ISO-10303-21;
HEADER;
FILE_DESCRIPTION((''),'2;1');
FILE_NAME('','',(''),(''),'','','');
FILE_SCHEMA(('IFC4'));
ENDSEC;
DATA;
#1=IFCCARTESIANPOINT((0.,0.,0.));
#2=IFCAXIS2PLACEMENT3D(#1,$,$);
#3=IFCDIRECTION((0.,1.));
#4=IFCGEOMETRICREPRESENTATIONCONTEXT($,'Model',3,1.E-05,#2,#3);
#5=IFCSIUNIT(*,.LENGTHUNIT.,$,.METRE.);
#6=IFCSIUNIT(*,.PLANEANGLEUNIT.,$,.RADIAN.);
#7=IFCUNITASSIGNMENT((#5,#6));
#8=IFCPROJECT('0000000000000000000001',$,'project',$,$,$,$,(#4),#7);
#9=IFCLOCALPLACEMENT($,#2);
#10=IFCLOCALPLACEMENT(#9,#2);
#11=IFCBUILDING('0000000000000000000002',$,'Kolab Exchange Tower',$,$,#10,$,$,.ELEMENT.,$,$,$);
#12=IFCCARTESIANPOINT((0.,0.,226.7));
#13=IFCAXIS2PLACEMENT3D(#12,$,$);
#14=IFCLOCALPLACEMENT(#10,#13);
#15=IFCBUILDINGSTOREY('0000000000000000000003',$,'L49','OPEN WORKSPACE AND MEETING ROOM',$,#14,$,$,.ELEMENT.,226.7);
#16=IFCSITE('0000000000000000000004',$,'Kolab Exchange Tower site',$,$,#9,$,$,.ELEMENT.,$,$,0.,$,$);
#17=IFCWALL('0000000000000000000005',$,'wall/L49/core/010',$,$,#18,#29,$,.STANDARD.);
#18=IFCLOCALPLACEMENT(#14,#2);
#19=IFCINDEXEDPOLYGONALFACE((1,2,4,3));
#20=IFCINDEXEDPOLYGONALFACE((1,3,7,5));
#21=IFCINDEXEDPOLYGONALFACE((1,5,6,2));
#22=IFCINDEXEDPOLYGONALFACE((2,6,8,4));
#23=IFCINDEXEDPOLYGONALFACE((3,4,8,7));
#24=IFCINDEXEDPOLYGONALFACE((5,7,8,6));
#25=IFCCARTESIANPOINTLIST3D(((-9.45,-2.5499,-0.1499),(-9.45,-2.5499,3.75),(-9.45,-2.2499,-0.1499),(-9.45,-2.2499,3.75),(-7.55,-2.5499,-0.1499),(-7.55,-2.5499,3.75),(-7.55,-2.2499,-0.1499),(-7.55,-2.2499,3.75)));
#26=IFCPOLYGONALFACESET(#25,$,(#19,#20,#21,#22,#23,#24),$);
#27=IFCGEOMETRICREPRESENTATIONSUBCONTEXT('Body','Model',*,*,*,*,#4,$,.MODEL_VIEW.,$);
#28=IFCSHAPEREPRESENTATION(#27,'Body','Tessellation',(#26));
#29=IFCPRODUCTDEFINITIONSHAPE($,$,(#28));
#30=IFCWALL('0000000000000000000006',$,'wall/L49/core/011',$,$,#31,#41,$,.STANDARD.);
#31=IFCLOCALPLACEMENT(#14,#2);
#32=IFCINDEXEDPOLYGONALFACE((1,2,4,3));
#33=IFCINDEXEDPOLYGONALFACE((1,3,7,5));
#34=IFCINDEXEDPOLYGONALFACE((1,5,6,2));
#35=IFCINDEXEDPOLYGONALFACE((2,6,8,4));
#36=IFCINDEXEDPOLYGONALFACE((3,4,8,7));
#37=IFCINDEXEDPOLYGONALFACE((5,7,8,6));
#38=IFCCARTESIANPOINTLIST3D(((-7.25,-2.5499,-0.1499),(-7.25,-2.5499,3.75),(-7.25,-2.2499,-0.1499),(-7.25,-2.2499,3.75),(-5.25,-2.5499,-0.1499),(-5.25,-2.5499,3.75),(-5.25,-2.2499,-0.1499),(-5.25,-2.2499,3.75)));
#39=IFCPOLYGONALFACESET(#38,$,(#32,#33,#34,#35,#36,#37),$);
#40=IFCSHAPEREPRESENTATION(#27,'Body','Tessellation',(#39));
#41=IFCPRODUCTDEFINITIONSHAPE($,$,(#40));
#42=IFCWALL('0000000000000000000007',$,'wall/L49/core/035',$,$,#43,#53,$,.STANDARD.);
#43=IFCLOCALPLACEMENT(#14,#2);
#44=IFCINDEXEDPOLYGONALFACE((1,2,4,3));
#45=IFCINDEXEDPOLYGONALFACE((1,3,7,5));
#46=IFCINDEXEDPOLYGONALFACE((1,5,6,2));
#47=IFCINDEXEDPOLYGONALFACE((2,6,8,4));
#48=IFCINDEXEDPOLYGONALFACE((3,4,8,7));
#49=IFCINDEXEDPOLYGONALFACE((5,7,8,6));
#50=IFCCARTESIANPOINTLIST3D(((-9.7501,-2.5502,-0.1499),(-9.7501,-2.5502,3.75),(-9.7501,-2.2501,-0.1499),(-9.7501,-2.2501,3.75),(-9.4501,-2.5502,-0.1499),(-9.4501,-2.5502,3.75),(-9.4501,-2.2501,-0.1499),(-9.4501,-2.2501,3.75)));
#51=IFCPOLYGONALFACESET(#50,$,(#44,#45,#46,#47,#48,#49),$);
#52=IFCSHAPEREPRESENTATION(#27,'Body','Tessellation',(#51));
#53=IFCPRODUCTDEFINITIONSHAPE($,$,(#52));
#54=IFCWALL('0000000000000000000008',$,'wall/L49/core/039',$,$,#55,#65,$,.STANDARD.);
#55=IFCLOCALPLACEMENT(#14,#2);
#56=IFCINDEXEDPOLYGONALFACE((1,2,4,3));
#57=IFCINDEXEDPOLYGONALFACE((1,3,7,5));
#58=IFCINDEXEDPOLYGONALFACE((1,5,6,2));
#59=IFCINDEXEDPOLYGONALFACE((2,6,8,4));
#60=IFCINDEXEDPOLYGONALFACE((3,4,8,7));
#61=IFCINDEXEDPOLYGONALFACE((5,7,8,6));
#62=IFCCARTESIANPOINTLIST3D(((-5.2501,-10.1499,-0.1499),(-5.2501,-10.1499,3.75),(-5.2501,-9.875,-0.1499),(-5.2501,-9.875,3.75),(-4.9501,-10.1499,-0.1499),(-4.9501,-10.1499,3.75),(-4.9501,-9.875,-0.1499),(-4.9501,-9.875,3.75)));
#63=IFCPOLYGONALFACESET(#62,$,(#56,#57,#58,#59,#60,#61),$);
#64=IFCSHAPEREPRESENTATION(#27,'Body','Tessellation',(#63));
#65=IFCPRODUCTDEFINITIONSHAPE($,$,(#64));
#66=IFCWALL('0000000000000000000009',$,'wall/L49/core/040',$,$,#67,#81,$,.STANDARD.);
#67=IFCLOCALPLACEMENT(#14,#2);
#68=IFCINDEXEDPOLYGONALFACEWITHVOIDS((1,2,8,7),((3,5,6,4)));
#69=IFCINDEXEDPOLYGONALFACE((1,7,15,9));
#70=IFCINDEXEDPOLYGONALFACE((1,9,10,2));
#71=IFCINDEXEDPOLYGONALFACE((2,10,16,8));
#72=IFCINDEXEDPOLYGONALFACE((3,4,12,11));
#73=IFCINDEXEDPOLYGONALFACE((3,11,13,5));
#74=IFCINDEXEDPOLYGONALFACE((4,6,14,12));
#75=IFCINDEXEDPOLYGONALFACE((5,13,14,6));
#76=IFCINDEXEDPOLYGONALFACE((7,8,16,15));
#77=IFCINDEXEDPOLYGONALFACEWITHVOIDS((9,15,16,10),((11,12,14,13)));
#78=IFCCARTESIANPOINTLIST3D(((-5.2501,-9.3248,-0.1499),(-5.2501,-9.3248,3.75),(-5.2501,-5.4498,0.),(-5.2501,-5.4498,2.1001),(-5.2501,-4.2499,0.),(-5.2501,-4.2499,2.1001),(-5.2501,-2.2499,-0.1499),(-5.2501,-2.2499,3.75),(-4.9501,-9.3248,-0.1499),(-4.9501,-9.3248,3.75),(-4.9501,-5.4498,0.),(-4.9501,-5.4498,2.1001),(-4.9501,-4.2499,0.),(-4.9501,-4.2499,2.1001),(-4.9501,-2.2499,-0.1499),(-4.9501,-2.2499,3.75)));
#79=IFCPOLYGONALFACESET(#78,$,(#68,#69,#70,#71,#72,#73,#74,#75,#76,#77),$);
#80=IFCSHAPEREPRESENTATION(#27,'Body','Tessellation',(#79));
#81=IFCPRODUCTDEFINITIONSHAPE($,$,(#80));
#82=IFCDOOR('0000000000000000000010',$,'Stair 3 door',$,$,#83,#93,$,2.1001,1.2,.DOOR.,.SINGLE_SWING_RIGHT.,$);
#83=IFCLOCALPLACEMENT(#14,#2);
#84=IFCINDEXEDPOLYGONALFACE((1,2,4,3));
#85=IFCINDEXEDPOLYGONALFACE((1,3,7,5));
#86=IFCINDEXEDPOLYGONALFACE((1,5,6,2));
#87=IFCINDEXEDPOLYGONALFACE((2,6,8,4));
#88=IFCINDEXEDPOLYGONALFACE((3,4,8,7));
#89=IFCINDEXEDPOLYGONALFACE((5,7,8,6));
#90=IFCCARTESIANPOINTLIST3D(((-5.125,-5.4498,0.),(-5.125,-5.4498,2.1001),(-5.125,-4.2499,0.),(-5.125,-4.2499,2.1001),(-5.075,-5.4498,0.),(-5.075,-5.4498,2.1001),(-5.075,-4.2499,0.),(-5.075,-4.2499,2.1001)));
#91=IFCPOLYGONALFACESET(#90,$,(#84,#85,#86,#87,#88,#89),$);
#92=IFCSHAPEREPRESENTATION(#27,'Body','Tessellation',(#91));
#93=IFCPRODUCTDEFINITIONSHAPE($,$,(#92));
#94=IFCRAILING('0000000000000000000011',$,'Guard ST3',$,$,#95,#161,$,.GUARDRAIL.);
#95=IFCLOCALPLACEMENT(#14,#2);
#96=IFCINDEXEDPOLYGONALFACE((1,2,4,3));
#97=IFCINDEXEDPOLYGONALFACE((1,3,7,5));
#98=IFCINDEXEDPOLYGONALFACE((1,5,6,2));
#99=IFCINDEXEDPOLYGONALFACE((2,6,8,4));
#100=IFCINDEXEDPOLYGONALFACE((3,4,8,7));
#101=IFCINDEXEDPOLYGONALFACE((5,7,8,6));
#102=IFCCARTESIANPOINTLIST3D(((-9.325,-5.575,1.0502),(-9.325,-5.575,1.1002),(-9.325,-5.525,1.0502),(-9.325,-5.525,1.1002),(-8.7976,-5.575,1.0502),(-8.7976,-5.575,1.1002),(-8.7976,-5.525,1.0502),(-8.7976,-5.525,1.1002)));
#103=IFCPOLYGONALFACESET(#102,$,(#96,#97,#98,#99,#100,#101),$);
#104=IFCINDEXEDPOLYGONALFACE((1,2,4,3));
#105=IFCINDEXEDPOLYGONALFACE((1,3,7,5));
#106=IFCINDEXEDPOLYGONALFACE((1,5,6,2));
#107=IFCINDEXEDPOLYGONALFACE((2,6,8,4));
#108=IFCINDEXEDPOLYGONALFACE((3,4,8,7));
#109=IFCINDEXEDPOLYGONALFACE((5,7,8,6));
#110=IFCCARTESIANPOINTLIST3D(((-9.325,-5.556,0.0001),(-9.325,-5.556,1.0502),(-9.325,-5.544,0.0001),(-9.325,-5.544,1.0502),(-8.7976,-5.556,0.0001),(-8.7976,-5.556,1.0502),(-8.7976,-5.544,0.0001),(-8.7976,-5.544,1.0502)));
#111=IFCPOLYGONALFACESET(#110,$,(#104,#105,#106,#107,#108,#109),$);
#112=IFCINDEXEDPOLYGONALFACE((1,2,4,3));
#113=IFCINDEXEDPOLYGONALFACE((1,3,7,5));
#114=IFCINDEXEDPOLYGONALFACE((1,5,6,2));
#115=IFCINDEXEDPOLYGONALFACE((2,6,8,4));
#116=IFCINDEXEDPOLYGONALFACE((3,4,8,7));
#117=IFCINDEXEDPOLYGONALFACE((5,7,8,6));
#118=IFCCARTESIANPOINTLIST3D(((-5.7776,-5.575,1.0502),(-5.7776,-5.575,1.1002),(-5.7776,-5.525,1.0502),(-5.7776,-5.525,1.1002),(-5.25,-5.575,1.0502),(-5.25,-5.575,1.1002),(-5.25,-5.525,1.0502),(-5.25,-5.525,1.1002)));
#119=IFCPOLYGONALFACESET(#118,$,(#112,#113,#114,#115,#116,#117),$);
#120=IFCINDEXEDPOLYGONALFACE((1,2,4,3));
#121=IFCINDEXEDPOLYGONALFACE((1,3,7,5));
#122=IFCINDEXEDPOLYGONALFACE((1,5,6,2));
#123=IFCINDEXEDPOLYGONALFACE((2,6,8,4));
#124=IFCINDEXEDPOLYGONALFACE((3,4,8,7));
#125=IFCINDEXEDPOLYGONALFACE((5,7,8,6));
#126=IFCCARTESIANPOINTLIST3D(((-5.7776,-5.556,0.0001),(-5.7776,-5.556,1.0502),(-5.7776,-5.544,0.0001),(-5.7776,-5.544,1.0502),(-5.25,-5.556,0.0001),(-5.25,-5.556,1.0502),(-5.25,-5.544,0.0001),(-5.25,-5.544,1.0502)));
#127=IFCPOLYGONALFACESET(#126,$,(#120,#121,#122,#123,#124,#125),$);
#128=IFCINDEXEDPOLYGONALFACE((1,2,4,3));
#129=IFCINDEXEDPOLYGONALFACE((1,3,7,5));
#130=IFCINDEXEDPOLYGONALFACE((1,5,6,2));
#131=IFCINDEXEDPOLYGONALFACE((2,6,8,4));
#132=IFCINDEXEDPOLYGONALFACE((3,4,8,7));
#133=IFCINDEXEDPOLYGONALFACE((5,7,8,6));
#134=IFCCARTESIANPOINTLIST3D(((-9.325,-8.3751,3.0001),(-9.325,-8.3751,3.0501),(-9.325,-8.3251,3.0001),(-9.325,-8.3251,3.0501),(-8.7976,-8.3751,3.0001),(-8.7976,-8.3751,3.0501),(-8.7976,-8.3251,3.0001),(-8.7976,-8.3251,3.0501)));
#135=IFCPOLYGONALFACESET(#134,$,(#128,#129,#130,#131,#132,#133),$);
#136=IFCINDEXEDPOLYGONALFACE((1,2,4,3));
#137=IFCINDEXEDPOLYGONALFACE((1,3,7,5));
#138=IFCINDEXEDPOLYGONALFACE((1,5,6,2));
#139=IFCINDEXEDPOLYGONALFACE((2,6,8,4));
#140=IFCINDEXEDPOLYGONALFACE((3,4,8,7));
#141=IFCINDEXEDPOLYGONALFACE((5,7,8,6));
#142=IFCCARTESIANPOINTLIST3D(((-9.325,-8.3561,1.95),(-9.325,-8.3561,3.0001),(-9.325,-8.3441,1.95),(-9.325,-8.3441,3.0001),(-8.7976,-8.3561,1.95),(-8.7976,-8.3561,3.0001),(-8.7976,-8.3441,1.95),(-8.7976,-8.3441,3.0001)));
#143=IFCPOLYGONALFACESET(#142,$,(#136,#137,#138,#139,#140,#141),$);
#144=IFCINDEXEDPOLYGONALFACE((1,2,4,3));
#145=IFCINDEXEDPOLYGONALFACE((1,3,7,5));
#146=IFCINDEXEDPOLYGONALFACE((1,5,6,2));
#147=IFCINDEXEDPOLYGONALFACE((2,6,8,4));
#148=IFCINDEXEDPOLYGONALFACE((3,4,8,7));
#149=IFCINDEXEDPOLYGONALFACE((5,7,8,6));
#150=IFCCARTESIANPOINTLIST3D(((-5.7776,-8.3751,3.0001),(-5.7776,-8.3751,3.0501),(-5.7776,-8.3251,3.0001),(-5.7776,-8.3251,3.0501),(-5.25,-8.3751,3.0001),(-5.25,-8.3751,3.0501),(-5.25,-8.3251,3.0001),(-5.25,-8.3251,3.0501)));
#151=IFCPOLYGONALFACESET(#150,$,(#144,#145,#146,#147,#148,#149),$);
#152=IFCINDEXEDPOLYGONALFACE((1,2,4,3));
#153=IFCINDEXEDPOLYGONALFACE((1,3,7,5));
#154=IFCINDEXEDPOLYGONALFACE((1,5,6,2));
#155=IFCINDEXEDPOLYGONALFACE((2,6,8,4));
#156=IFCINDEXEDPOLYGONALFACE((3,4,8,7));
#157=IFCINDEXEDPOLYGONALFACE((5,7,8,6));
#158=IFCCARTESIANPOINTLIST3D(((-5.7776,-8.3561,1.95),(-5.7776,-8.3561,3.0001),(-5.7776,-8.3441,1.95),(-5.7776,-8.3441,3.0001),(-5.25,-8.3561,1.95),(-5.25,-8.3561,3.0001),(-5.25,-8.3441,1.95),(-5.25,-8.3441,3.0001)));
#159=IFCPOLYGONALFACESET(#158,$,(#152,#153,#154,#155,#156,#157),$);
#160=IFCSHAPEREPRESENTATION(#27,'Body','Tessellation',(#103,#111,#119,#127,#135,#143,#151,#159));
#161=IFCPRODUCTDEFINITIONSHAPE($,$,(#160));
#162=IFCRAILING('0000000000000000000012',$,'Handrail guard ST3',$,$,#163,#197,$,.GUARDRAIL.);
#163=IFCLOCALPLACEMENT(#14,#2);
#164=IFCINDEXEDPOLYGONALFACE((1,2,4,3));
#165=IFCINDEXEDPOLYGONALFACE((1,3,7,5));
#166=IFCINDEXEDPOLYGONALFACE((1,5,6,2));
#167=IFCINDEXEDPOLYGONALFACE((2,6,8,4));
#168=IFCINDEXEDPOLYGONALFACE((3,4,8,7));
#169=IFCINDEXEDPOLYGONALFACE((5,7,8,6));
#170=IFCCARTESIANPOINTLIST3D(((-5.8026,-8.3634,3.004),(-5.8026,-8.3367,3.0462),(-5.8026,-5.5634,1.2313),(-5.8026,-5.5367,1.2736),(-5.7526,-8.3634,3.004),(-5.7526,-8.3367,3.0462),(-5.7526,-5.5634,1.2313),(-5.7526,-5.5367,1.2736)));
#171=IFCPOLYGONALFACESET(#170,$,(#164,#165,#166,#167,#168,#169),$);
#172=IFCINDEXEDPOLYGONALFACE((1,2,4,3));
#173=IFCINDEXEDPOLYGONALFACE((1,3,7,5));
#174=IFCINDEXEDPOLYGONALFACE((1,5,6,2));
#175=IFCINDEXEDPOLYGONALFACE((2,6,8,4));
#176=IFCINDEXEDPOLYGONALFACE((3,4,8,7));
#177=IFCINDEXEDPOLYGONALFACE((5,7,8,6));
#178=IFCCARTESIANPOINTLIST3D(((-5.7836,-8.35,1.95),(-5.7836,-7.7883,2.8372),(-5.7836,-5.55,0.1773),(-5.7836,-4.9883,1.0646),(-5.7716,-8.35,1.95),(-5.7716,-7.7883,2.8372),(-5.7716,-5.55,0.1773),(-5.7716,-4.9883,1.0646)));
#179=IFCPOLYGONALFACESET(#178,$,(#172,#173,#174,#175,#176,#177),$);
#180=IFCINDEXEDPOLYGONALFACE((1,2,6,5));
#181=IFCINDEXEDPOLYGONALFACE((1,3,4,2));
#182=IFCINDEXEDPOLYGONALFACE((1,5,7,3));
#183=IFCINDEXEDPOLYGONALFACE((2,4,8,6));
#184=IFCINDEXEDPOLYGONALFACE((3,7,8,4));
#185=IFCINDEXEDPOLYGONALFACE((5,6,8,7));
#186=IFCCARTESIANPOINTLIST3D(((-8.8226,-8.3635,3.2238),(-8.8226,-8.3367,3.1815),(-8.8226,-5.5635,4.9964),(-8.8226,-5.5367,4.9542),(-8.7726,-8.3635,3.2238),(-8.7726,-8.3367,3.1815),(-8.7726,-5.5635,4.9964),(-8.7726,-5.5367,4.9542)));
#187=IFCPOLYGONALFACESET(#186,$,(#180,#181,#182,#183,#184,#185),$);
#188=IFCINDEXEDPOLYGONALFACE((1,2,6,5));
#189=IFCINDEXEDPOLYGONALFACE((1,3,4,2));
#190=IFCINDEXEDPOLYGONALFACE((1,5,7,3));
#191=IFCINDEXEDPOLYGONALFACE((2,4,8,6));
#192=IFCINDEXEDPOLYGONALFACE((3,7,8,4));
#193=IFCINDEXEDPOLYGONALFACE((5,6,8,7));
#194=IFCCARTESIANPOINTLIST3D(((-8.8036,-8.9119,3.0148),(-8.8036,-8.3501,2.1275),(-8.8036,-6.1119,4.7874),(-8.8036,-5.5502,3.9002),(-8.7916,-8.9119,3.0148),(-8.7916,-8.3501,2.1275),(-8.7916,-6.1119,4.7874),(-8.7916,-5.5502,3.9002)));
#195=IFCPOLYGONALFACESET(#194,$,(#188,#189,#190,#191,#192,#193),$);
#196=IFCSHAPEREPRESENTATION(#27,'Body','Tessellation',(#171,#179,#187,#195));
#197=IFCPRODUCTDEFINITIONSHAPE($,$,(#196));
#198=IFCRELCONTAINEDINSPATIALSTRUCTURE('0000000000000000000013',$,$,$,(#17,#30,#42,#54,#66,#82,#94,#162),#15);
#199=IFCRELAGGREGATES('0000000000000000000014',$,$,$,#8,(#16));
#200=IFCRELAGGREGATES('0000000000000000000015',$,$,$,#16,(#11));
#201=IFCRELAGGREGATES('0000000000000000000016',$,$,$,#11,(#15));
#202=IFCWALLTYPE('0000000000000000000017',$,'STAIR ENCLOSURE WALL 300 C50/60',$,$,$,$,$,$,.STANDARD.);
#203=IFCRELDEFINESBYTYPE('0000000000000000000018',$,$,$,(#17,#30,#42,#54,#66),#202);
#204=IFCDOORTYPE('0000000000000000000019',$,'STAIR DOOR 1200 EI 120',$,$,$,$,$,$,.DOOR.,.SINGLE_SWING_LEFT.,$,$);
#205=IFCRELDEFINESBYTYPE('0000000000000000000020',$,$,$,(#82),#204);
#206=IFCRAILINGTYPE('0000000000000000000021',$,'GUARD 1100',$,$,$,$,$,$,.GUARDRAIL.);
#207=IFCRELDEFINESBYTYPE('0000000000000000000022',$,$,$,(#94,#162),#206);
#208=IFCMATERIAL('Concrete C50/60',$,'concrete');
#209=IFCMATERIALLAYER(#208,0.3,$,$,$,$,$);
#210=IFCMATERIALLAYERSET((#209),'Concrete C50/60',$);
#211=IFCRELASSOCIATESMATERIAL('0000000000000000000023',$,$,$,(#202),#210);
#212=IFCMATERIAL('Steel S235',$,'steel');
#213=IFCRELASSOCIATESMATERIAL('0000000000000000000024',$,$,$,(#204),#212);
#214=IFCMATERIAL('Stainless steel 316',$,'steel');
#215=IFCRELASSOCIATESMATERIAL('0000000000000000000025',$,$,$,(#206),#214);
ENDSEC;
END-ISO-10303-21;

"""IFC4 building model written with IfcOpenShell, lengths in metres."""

from ifc_helpers import new_model, si_unit, direction, frame, frame_2d, origin, origin_2d, place, context, subcontext, project, spatial, rectangle, extrude, material, layer, layer_set, type_object, element, fill, save


model = new_model("IFC4")

# Units and contexts
model_context = context("Model", 3, precision=1e-05, world=origin(), true_north=direction((0.0, 1.0)))
body_context = subcontext(model_context, "Body", "Model", "MODEL_VIEW")
ifc_project = project(units=[si_unit("LENGTHUNIT", "METRE"), si_unit("PLANEANGLEUNIT", "RADIAN")], contexts=[model_context])

# Site, building, storey
site_placement = place(None, origin())
site = spatial("IfcSite", under=ifc_project, at=site_placement, Name="Kolab Exchange Tower site", CompositionType="ELEMENT", RefElevation=0.0)
building_placement = place(site_placement, origin())
building = spatial("IfcBuilding", under=site, at=building_placement, Name="Kolab Exchange Tower", CompositionType="ELEMENT")
storey_placement = place(building_placement, frame((0.0, 0.0, 226.7)))
storey = spatial("IfcBuildingStorey", under=building, at=storey_placement, Name="L49", Description="OPEN WORKSPACE AND MEETING ROOM", CompositionType="ELEMENT", Elevation=226.7)

# Shared definitions
ifc_material_1 = material(Name="Concrete C50/60", Category="concrete")
ifc_material_2 = material(Name="Steel S235", Category="steel")
ifc_material_3 = material(Name="Stainless steel 316", Category="steel")

# Walls
ifc_layer_1 = layer(ifc_material_1, 0.3)
ifc_layer_set_1 = layer_set([ifc_layer_1], Name="Concrete C50/60")
wall_type_1 = type_object("IfcWallType", Name="STAIR ENCLOSURE WALL 300 C50/60", PredefinedType="STANDARD", material=ifc_layer_set_1)
wall_1_placement = place(storey_placement, frame((-9.45, -2.3999, -0.1499), z_axis=(0.0, 0.0, 1.0), x_axis=(1.0, 0.0, 0.0)))
element("IfcWall", 1, at=wall_1_placement, inside=storey, type_object=wall_type_1, Name="wall/L49/core/010", PredefinedType="STANDARD", context=body_context, shape_type="SweptSolid", body=[
    extrude(rectangle(XDim=1.8999, YDim=0.3, at=frame_2d((0.95, 0.0))), origin(), (0.0, 0.0, 1.0), 3.8999),
])
wall_2_placement = place(storey_placement, frame((-7.25, -2.3999, -0.1499), z_axis=(0.0, 0.0, 1.0), x_axis=(1.0, 0.0, 0.0)))
element("IfcWall", 2, at=wall_2_placement, inside=storey, type_object=wall_type_1, Name="wall/L49/core/011", PredefinedType="STANDARD", context=body_context, shape_type="SweptSolid", body=[
    extrude(rectangle(XDim=2.0, YDim=0.3, at=frame_2d((1.0, 0.0))), origin(), (0.0, 0.0, 1.0), 3.8999),
])
wall_3_placement = place(storey_placement, frame((-9.6001, -2.55, -0.1499), z_axis=(0.0, 0.0, 1.0), x_axis=(0.0, 1.0, 0.0)))
element("IfcWall", 3, at=wall_3_placement, inside=storey, type_object=wall_type_1, Name="wall/L49/core/035", PredefinedType="STANDARD", context=body_context, shape_type="SweptSolid", body=[
    extrude(rectangle(XDim=0.3, YDim=0.3, at=frame_2d((0.1499, 0.0))), origin(), (0.0, 0.0, 1.0), 3.8999),
])
wall_4_placement = place(storey_placement, frame((-5.1001, -10.1499, -0.1499), z_axis=(0.0, 0.0, 1.0), x_axis=(0.0, 1.0, 0.0)))
element("IfcWall", 4, at=wall_4_placement, inside=storey, type_object=wall_type_1, Name="wall/L49/core/039", PredefinedType="STANDARD", context=body_context, shape_type="SweptSolid", body=[
    extrude(rectangle(XDim=0.2749, YDim=0.3, at=frame_2d((0.1375, 0.0))), origin(), (0.0, 0.0, 1.0), 3.8999),
])

# Wall, opening, door
wall_5_placement = place(storey_placement, frame((-5.1001, -9.325, -0.1499), z_axis=(0.0, 0.0, 1.0), x_axis=(0.0, 1.0, 0.0)))
wall_5 = element("IfcWall", 5, at=wall_5_placement, inside=storey, type_object=wall_type_1, Name="wall/L49/core/040", PredefinedType="STANDARD", context=body_context, shape_type="SweptSolid", body=[
    extrude(rectangle(XDim=7.075, YDim=0.3, at=frame_2d((3.5376, 0.0))), origin(), (0.0, 0.0, 1.0), 3.8999),
])
opening_1_placement = place(wall_5_placement, frame((3.875, 0.0, 0.1499)))
opening_1 = element("IfcOpeningElement", 6, at=opening_1_placement, cuts=wall_5, PredefinedType="OPENING", context=body_context, shape_type="SweptSolid", body=[
    extrude(rectangle(XDim=1.2, YDim=2.1001, at=frame_2d((0.6001, 1.05))), frame((0.0, 0.1602, 0.0), z_axis=(0.0, -1.0, 0.0), x_axis=(1.0, 0.0, 0.0)), (0.0, 0.0, 1.0), 0.3201),
])
door_type_1 = type_object("IfcDoorType", Name="STAIR DOOR 1200 EI 120", OperationType="SINGLE_SWING_LEFT", PredefinedType="DOOR", material=ifc_material_2)
door_1_placement = place(opening_1_placement, origin())
door_1 = element("IfcDoor", 7, at=door_1_placement, inside=storey, type_object=door_type_1, Name="Stair 3 door", OperationType="SINGLE_SWING_RIGHT", OverallHeight=2.1001, OverallWidth=1.2, PredefinedType="DOOR", context=body_context, shape_type="SweptSolid", body=[
    extrude(rectangle(XDim=1.2, YDim=2.1001, at=frame_2d((0.6001, 1.05))), frame((0.0, 0.0249, 0.0), z_axis=(0.0, -1.0, 0.0), x_axis=(1.0, 0.0, 0.0)), (0.0, 0.0, 1.0), 0.05),
])
fill(opening_1, door_1)

# Railings
railing_type = type_object("IfcRailingType", Name="GUARD 1100", PredefinedType="GUARDRAIL", material=ifc_material_3)
railing_1_placement = place(storey_placement, frame((-9.325, -5.55, 0.0)))
element("IfcRailing", 8, at=railing_1_placement, inside=storey, type_object=railing_type, Name="Guard ST3", PredefinedType="GUARDRAIL", context=body_context, shape_type="SweptSolid", body=[
    extrude(rectangle(XDim=0.05, YDim=0.05, at=origin_2d()), frame((0.0, 0.0, 1.0752), z_axis=(1.0, 0.0, 0.0), x_axis=(0.0, 1.0, 0.0)), (0.0, 0.0, 1.0), 0.5273),
    extrude(rectangle(XDim=0.012, YDim=1.0501, at=frame_2d((0.0, 0.5251))), frame((0.0, 0.0, 0.0), z_axis=(1.0, 0.0, 0.0), x_axis=(0.0, 1.0, 0.0)), (0.0, 0.0, 1.0), 0.5273),
    extrude(rectangle(XDim=0.05, YDim=0.05, at=origin_2d()), frame((3.5474, 0.0, 1.0752), z_axis=(1.0, 0.0, 0.0), x_axis=(0.0, 1.0, 0.0)), (0.0, 0.0, 1.0), 0.5276),
    extrude(rectangle(XDim=0.012, YDim=1.0501, at=frame_2d((0.0, 0.5251))), frame((3.5474, 0.0, 0.0), z_axis=(1.0, 0.0, 0.0), x_axis=(0.0, 1.0, 0.0)), (0.0, 0.0, 1.0), 0.5276),
    extrude(rectangle(XDim=0.05, YDim=0.05, at=origin_2d()), frame((0.0, -2.8, 3.0251), z_axis=(1.0, 0.0, 0.0), x_axis=(0.0, 1.0, 0.0)), (0.0, 0.0, 1.0), 0.5273),
    extrude(rectangle(XDim=0.012, YDim=1.0501, at=frame_2d((0.0, 0.5251))), frame((0.0, -2.8, 1.95), z_axis=(1.0, 0.0, 0.0), x_axis=(0.0, 1.0, 0.0)), (0.0, 0.0, 1.0), 0.5273),
    extrude(rectangle(XDim=0.05, YDim=0.05, at=origin_2d()), frame((3.5474, -2.8, 3.0251), z_axis=(1.0, 0.0, 0.0), x_axis=(0.0, 1.0, 0.0)), (0.0, 0.0, 1.0), 0.5276),
    extrude(rectangle(XDim=0.012, YDim=1.0501, at=frame_2d((0.0, 0.5251))), frame((3.5474, -2.8, 1.95), z_axis=(1.0, 0.0, 0.0), x_axis=(0.0, 1.0, 0.0)), (0.0, 0.0, 1.0), 0.5276),
])
railing_2_placement = place(storey_placement, frame((-5.7776, -5.55, 0.1772)))
element("IfcRailing", 9, at=railing_2_placement, inside=storey, type_object=railing_type, Name="Handrail guard ST3", PredefinedType="GUARDRAIL", context=body_context, shape_type="SweptSolid", body=[
    extrude(rectangle(XDim=0.05, YDim=0.05, at=origin_2d()), frame((0.0, 0.0, 1.0752), z_axis=(0.0, -0.844909, 0.53491), x_axis=(1.0, 0.0, 0.0)), (0.0, 0.0, 1.0), 3.314),
    extrude(rectangle(XDim=0.012, YDim=1.0501, at=frame_2d((0.0, 0.5251))), frame((0.0, 0.0, 0.0), z_axis=(0.0, -0.844909, 0.53491), x_axis=(1.0, 0.0, 0.0)), (0.0, 0.0, 1.0), 3.314),
    extrude(rectangle(XDim=0.05, YDim=0.05, at=origin_2d()), frame((-3.02, -2.8, 3.0254), z_axis=(0.0, 0.844909, 0.53491), x_axis=(-1.0, 0.0, 0.0)), (0.0, 0.0, 1.0), 3.314),
    extrude(rectangle(XDim=0.012, YDim=1.0501, at=frame_2d((0.0, 0.5251))), frame((-3.02, -2.8, 1.9502), z_axis=(0.0, 0.844909, 0.53491), x_axis=(-1.0, 0.0, 0.0)), (0.0, 0.0, 1.0), 3.314),
])

save(model, "model.ifc")
